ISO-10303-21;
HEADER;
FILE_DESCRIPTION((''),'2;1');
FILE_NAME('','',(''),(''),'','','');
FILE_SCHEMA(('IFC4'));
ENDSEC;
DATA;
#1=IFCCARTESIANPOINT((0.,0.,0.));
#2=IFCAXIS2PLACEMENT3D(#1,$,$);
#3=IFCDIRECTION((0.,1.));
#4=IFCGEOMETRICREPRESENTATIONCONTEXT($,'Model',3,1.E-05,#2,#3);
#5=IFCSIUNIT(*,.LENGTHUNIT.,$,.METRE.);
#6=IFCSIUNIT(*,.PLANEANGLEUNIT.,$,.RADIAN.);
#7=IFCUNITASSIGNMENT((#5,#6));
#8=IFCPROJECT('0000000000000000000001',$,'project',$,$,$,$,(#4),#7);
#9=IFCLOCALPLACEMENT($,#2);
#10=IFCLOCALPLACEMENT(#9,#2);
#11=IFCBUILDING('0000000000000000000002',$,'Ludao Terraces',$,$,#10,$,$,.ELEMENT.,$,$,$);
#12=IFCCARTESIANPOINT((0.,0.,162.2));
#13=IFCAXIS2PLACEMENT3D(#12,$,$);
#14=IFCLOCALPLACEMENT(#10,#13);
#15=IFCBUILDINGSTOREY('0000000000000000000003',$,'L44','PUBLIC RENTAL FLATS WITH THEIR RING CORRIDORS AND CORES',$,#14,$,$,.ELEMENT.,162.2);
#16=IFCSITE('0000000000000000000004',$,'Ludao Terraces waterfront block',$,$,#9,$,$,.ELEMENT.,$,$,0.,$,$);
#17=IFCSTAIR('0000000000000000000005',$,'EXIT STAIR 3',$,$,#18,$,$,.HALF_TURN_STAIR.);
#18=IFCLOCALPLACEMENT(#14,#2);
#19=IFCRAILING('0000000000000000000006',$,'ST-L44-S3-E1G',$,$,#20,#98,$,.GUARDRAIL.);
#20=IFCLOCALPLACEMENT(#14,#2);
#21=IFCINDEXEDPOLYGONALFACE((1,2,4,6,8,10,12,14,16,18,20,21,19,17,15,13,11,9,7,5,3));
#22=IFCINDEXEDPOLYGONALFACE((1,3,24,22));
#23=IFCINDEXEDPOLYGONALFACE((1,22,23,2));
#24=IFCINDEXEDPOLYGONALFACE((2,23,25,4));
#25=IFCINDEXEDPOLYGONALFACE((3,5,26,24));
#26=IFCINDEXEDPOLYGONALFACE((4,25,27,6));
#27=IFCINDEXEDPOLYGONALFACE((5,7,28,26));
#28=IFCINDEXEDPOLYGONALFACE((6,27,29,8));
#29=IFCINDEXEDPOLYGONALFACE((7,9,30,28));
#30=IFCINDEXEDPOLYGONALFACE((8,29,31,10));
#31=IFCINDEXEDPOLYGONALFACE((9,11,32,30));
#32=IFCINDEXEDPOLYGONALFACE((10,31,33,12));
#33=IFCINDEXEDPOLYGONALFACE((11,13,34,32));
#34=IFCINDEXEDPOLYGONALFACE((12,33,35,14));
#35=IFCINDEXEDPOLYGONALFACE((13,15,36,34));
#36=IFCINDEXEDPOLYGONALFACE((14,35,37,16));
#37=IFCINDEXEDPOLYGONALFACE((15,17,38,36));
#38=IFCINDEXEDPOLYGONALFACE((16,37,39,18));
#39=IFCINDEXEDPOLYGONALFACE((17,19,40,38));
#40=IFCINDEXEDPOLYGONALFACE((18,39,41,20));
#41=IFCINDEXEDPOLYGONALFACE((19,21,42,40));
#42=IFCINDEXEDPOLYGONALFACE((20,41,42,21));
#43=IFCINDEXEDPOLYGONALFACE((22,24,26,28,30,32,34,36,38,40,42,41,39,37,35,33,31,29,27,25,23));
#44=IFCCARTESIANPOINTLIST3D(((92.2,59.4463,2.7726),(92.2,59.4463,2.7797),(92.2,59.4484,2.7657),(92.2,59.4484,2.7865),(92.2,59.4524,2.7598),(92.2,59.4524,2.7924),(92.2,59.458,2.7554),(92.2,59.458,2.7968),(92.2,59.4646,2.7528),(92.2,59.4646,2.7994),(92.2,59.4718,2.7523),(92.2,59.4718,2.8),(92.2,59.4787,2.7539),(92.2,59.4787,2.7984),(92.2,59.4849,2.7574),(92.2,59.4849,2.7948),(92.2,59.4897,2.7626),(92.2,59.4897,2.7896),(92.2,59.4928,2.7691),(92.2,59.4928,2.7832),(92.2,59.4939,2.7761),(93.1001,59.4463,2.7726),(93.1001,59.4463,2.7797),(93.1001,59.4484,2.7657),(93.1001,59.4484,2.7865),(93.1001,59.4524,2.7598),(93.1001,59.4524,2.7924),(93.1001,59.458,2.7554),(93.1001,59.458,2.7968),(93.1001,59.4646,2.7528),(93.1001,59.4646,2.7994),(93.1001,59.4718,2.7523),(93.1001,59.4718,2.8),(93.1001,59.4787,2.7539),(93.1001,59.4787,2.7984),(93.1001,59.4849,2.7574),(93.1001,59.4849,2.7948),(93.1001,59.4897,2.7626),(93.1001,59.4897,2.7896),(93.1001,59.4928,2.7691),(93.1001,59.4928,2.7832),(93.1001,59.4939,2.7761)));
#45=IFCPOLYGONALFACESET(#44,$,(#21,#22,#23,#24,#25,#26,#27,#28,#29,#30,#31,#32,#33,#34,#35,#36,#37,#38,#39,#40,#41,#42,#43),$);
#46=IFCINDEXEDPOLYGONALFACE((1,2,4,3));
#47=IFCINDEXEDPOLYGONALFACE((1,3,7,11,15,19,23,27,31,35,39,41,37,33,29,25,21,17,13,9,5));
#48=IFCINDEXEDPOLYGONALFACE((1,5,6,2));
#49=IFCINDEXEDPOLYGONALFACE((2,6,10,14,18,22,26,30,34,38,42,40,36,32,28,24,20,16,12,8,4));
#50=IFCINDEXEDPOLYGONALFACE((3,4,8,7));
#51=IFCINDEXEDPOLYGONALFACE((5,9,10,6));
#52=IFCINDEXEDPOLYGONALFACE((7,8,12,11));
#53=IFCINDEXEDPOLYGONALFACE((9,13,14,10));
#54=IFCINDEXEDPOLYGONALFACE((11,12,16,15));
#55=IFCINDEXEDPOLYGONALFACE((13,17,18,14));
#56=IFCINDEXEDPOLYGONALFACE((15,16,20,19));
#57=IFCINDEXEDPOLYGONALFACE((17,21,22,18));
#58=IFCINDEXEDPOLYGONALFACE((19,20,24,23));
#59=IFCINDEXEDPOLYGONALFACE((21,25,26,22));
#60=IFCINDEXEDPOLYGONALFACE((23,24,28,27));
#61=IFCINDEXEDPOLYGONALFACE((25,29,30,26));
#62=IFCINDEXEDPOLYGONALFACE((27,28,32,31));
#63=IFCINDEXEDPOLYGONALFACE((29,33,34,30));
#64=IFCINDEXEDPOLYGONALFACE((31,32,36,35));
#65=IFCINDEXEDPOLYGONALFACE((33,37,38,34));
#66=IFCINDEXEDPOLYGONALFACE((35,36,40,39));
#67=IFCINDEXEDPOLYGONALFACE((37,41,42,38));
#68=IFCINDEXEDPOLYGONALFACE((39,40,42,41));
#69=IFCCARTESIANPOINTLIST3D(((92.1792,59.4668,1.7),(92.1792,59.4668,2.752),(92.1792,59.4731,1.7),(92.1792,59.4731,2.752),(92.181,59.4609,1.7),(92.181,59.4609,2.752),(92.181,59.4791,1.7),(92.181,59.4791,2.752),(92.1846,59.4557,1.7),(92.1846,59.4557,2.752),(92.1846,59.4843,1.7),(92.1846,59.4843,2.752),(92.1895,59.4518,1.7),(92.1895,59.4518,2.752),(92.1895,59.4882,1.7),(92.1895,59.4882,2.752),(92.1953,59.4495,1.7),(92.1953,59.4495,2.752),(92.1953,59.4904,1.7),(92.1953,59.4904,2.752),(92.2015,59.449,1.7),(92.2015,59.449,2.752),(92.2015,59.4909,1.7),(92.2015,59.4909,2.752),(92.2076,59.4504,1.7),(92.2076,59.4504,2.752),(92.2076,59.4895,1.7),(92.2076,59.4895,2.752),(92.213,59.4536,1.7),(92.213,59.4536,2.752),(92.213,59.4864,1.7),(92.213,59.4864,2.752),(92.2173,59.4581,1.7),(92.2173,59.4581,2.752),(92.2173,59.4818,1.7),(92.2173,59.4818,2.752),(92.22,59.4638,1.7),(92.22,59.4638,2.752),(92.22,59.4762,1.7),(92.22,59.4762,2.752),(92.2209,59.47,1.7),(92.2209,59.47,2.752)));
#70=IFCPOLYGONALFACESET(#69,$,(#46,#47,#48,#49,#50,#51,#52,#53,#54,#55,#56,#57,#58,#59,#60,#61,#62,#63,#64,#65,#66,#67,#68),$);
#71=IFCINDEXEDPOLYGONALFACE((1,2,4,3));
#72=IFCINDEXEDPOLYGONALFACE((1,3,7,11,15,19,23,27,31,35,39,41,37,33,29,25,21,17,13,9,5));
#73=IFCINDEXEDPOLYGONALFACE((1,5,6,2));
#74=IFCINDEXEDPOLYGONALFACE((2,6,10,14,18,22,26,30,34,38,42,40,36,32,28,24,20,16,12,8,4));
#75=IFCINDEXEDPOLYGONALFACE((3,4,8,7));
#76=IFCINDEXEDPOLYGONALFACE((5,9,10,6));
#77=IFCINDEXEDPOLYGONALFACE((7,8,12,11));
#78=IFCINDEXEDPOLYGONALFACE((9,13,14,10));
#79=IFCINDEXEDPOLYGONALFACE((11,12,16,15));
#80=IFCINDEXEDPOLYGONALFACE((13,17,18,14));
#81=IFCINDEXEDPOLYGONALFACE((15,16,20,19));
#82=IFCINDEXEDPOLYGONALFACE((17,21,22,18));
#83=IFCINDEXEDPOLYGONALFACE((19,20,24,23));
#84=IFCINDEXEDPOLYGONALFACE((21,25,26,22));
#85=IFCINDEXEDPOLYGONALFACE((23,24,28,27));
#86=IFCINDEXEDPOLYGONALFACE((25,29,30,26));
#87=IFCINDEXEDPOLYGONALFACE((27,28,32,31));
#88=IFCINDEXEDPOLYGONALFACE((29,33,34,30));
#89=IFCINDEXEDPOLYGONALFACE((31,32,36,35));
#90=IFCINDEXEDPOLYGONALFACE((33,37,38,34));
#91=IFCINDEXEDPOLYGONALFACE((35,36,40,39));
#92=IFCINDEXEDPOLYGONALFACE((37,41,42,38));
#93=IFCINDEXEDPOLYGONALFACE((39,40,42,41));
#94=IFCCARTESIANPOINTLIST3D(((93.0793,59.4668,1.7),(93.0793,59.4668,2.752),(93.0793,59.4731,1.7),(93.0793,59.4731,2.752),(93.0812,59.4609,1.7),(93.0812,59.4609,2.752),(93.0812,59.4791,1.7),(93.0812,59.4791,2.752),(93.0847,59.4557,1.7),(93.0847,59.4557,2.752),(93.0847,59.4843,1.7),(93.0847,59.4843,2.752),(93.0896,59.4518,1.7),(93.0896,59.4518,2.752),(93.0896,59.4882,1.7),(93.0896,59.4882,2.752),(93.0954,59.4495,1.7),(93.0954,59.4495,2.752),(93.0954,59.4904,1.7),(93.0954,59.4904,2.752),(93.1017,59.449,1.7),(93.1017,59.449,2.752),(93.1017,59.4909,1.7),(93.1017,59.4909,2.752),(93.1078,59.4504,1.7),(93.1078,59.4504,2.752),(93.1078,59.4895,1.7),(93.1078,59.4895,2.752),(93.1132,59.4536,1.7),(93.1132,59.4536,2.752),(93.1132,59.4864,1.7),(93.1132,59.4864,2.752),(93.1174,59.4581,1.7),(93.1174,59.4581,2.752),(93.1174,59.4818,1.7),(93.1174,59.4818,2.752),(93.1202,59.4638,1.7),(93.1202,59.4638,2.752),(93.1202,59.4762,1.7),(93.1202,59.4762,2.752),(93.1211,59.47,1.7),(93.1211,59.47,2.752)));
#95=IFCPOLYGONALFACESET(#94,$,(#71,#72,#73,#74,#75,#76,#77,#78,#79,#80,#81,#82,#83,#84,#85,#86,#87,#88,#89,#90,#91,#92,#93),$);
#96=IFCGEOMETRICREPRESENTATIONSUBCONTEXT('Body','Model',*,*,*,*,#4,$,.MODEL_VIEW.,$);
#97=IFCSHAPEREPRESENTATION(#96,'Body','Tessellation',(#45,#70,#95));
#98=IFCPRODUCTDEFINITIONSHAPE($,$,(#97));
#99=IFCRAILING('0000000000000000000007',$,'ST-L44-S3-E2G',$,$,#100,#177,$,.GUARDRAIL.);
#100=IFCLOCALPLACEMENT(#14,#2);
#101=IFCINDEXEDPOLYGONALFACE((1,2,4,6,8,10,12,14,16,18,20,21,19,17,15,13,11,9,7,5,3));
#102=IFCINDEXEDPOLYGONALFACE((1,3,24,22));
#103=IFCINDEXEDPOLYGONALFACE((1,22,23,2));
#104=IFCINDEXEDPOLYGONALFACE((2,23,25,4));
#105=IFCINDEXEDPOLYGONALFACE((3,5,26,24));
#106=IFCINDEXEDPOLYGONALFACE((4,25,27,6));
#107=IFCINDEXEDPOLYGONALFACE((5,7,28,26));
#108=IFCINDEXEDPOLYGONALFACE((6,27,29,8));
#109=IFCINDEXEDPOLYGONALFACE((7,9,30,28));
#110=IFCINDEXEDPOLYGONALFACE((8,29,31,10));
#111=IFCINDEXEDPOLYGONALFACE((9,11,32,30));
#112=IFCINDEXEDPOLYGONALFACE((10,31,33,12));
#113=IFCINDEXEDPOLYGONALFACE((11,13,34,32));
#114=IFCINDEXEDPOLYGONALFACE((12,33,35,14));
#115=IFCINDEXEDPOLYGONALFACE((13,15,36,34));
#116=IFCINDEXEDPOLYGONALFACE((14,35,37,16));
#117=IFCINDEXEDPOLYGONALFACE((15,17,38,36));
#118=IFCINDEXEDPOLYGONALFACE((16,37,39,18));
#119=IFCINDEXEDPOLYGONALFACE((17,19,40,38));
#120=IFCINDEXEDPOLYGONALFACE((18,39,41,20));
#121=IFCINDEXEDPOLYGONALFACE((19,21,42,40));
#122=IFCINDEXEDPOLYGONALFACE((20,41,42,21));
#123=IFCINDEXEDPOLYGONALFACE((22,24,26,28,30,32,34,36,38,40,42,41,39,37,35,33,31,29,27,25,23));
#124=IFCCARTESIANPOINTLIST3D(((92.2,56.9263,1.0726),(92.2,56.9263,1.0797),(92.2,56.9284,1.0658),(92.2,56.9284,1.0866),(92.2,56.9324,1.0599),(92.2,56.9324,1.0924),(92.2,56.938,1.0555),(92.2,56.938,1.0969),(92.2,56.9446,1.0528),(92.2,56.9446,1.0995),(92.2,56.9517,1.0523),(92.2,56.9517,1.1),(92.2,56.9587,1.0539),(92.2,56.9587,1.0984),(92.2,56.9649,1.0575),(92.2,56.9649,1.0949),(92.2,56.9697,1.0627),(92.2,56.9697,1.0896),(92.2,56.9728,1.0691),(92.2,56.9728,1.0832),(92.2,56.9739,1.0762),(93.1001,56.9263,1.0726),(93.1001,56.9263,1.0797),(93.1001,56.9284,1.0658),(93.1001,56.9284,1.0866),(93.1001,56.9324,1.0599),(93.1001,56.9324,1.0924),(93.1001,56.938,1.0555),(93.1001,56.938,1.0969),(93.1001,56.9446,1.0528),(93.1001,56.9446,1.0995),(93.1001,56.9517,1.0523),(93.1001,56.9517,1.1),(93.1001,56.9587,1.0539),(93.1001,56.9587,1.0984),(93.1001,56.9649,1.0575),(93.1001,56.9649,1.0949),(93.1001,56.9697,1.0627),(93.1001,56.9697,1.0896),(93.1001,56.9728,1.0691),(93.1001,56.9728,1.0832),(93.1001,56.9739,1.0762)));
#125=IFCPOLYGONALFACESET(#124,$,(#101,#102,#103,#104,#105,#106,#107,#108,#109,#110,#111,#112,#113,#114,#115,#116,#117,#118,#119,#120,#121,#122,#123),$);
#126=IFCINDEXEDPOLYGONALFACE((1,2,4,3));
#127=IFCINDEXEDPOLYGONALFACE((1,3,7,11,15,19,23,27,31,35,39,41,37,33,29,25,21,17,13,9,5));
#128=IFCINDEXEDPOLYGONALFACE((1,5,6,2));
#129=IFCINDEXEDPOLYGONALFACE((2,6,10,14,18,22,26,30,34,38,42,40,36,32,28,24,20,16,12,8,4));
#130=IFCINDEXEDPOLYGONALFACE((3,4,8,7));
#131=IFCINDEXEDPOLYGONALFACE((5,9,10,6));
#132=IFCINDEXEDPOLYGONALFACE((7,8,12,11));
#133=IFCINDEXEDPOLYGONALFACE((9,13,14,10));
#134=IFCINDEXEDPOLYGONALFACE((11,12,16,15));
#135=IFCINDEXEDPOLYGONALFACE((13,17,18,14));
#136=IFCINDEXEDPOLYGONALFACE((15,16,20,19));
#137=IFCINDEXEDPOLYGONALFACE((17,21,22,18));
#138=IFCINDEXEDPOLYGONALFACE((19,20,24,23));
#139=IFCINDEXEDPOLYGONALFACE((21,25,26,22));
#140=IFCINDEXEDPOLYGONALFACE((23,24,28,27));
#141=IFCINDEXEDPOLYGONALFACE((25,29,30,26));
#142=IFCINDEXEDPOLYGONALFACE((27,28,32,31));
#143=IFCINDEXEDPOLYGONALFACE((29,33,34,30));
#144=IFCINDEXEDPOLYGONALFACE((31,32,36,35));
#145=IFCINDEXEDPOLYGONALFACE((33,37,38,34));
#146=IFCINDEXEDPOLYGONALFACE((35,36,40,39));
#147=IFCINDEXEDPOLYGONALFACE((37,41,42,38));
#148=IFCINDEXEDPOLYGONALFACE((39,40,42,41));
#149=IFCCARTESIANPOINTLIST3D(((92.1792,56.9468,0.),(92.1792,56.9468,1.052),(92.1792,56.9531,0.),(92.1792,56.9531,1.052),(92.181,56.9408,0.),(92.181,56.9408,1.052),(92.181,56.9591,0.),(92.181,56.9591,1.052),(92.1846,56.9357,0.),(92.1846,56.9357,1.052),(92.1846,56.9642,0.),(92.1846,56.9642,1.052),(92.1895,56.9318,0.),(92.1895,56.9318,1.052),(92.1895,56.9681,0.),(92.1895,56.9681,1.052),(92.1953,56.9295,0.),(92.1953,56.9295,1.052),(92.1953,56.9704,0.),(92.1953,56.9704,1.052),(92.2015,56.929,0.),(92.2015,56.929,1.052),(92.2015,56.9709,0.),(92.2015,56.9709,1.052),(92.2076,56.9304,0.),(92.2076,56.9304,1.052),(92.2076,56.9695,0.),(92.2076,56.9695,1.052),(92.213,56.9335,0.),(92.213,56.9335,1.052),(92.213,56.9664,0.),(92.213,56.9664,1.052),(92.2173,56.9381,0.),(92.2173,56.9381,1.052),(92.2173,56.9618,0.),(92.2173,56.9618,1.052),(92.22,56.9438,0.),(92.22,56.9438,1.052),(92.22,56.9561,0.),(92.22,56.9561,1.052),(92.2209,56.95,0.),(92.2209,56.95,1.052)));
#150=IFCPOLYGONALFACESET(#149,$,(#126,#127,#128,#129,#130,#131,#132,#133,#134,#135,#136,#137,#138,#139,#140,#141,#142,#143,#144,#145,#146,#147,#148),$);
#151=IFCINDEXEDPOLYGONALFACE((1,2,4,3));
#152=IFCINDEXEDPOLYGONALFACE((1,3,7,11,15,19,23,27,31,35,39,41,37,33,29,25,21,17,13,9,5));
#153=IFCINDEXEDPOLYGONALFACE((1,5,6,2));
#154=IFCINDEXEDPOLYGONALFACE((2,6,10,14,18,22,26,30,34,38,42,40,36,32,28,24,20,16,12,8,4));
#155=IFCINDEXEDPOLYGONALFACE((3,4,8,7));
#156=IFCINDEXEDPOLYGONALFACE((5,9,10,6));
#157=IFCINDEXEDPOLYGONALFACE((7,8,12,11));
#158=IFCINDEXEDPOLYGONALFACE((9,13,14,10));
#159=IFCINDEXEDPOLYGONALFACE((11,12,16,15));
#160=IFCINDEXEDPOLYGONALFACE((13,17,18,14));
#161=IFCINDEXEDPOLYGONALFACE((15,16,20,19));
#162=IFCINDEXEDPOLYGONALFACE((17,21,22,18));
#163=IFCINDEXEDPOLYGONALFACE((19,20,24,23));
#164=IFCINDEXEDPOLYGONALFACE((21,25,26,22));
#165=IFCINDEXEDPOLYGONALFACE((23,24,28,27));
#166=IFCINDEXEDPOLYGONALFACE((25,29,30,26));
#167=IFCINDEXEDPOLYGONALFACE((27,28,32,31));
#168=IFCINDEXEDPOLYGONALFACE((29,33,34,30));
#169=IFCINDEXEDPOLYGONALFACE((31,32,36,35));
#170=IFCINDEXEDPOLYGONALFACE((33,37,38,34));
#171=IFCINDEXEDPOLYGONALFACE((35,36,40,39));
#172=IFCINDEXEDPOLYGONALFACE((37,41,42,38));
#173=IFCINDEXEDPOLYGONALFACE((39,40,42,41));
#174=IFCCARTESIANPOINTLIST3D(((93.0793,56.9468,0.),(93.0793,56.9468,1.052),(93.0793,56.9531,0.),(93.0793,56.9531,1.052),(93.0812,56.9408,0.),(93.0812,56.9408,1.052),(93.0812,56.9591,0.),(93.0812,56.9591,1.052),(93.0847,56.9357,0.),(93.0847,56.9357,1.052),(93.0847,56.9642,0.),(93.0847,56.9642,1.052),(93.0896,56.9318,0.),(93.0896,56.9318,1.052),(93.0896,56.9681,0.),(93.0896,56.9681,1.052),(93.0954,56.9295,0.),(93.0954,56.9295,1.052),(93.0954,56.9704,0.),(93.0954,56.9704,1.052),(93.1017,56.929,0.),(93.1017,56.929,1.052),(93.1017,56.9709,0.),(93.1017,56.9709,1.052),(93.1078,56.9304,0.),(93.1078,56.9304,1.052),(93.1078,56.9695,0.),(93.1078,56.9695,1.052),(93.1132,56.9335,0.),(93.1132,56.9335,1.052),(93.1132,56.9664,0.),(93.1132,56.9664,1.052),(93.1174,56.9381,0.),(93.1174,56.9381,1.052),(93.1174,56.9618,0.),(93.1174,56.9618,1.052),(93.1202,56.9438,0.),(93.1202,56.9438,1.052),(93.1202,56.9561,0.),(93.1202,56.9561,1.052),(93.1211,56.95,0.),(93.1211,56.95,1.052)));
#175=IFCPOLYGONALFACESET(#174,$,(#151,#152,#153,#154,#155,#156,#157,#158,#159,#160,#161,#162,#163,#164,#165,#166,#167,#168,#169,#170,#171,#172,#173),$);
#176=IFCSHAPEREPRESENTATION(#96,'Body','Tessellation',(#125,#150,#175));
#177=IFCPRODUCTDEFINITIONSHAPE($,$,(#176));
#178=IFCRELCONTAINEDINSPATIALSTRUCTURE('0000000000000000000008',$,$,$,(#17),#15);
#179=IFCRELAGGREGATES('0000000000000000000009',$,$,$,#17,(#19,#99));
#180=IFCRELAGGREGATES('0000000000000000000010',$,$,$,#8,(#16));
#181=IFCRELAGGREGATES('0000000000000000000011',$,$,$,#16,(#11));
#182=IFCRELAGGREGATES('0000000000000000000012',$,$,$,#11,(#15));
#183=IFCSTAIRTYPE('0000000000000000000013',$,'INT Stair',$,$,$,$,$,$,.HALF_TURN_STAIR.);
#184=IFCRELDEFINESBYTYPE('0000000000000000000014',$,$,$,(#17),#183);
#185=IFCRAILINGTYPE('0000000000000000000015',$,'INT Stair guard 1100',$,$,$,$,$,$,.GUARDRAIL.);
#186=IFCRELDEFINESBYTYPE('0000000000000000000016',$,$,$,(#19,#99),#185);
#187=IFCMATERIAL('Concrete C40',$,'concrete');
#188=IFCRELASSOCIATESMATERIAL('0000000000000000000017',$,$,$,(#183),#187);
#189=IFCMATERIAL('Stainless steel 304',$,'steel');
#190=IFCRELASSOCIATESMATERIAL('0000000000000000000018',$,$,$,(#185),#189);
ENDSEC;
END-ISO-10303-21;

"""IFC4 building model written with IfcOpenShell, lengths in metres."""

from ifc_helpers import new_model, si_unit, direction, frame, origin, origin_2d, place, context, subcontext, project, spatial, circle, extrude, material, type_object, element, aggregate, save


model = new_model("IFC4")

# Units and contexts
model_context = context("Model", 3, precision=1e-05, world=origin(), true_north=direction((0.0, 1.0)))
body_context = subcontext(model_context, "Body", "Model", "MODEL_VIEW")
ifc_project = project(units=[si_unit("LENGTHUNIT", "METRE"), si_unit("PLANEANGLEUNIT", "RADIAN")], contexts=[model_context])

# Site, building, storey
site_placement = place(None, origin())
site = spatial("IfcSite", under=ifc_project, at=site_placement, Name="Ludao Terraces waterfront block", CompositionType="ELEMENT", RefElevation=0.0)
building_placement = place(site_placement, origin())
building = spatial("IfcBuilding", under=site, at=building_placement, Name="Ludao Terraces", CompositionType="ELEMENT")
storey_placement = place(building_placement, frame((0.0, 0.0, 162.2)))
storey = spatial("IfcBuildingStorey", under=building, at=storey_placement, Name="L44", Description="PUBLIC RENTAL FLATS WITH THEIR RING CORRIDORS AND CORES", CompositionType="ELEMENT", Elevation=162.2)

# Shared definitions
ifc_material_1 = material(Name="Concrete C40", Category="concrete")

# Stair, railings
stair_type = type_object("IfcStairType", Name="INT Stair", PredefinedType="HALF_TURN_STAIR", material=ifc_material_1)
stair_placement = place(storey_placement, origin())
stair = element("IfcStair", 1, at=stair_placement, inside=storey, type_object=stair_type, Name="EXIT STAIR 3", PredefinedType="HALF_TURN_STAIR")
ifc_material_2 = material(Name="Stainless steel 304", Category="steel")
railing_type_1 = type_object("IfcRailingType", Name="INT Stair guard 1100", PredefinedType="GUARDRAIL", material=ifc_material_2)
railing_1_placement = place(storey_placement, frame((92.2, 59.47, 1.7)))
railing_1 = element("IfcRailing", 2, at=railing_1_placement, type_object=railing_type_1, Name="ST-L44-S3-E1G", PredefinedType="GUARDRAIL", context=body_context, shape_type="SweptSolid", body=[
    extrude(circle(Radius=0.0239, at=origin_2d()), frame((0.0, 0.0, 1.0762), z_axis=(1.0, 0.0, 0.0), x_axis=(0.0, 1.0, 0.0)), (0.0, 0.0, 1.0), 0.9001),
    extrude(circle(Radius=0.021, at=origin_2d()), origin(), (0.0, 0.0, 1.0), 1.052),
    extrude(circle(Radius=0.021, at=origin_2d()), frame((0.9001, 0.0, 0.0)), (0.0, 0.0, 1.0), 1.052),
])
railing_2_placement = place(storey_placement, frame((92.2, 56.95, 0.0)))
railing_2 = element("IfcRailing", 3, at=railing_2_placement, type_object=railing_type_1, Name="ST-L44-S3-E2G", PredefinedType="GUARDRAIL", context=body_context, shape_type="SweptSolid", body=[
    extrude(circle(Radius=0.0239, at=origin_2d()), frame((0.0, 0.0, 1.0762), z_axis=(1.0, 0.0, 0.0), x_axis=(0.0, 1.0, 0.0)), (0.0, 0.0, 1.0), 0.9001),
    extrude(circle(Radius=0.021, at=origin_2d()), origin(), (0.0, 0.0, 1.0), 1.052),
    extrude(circle(Radius=0.021, at=origin_2d()), frame((0.9001, 0.0, 0.0)), (0.0, 0.0, 1.0), 1.052),
])
aggregate(stair, [railing_1, railing_2])

save(model, "model.ifc")
